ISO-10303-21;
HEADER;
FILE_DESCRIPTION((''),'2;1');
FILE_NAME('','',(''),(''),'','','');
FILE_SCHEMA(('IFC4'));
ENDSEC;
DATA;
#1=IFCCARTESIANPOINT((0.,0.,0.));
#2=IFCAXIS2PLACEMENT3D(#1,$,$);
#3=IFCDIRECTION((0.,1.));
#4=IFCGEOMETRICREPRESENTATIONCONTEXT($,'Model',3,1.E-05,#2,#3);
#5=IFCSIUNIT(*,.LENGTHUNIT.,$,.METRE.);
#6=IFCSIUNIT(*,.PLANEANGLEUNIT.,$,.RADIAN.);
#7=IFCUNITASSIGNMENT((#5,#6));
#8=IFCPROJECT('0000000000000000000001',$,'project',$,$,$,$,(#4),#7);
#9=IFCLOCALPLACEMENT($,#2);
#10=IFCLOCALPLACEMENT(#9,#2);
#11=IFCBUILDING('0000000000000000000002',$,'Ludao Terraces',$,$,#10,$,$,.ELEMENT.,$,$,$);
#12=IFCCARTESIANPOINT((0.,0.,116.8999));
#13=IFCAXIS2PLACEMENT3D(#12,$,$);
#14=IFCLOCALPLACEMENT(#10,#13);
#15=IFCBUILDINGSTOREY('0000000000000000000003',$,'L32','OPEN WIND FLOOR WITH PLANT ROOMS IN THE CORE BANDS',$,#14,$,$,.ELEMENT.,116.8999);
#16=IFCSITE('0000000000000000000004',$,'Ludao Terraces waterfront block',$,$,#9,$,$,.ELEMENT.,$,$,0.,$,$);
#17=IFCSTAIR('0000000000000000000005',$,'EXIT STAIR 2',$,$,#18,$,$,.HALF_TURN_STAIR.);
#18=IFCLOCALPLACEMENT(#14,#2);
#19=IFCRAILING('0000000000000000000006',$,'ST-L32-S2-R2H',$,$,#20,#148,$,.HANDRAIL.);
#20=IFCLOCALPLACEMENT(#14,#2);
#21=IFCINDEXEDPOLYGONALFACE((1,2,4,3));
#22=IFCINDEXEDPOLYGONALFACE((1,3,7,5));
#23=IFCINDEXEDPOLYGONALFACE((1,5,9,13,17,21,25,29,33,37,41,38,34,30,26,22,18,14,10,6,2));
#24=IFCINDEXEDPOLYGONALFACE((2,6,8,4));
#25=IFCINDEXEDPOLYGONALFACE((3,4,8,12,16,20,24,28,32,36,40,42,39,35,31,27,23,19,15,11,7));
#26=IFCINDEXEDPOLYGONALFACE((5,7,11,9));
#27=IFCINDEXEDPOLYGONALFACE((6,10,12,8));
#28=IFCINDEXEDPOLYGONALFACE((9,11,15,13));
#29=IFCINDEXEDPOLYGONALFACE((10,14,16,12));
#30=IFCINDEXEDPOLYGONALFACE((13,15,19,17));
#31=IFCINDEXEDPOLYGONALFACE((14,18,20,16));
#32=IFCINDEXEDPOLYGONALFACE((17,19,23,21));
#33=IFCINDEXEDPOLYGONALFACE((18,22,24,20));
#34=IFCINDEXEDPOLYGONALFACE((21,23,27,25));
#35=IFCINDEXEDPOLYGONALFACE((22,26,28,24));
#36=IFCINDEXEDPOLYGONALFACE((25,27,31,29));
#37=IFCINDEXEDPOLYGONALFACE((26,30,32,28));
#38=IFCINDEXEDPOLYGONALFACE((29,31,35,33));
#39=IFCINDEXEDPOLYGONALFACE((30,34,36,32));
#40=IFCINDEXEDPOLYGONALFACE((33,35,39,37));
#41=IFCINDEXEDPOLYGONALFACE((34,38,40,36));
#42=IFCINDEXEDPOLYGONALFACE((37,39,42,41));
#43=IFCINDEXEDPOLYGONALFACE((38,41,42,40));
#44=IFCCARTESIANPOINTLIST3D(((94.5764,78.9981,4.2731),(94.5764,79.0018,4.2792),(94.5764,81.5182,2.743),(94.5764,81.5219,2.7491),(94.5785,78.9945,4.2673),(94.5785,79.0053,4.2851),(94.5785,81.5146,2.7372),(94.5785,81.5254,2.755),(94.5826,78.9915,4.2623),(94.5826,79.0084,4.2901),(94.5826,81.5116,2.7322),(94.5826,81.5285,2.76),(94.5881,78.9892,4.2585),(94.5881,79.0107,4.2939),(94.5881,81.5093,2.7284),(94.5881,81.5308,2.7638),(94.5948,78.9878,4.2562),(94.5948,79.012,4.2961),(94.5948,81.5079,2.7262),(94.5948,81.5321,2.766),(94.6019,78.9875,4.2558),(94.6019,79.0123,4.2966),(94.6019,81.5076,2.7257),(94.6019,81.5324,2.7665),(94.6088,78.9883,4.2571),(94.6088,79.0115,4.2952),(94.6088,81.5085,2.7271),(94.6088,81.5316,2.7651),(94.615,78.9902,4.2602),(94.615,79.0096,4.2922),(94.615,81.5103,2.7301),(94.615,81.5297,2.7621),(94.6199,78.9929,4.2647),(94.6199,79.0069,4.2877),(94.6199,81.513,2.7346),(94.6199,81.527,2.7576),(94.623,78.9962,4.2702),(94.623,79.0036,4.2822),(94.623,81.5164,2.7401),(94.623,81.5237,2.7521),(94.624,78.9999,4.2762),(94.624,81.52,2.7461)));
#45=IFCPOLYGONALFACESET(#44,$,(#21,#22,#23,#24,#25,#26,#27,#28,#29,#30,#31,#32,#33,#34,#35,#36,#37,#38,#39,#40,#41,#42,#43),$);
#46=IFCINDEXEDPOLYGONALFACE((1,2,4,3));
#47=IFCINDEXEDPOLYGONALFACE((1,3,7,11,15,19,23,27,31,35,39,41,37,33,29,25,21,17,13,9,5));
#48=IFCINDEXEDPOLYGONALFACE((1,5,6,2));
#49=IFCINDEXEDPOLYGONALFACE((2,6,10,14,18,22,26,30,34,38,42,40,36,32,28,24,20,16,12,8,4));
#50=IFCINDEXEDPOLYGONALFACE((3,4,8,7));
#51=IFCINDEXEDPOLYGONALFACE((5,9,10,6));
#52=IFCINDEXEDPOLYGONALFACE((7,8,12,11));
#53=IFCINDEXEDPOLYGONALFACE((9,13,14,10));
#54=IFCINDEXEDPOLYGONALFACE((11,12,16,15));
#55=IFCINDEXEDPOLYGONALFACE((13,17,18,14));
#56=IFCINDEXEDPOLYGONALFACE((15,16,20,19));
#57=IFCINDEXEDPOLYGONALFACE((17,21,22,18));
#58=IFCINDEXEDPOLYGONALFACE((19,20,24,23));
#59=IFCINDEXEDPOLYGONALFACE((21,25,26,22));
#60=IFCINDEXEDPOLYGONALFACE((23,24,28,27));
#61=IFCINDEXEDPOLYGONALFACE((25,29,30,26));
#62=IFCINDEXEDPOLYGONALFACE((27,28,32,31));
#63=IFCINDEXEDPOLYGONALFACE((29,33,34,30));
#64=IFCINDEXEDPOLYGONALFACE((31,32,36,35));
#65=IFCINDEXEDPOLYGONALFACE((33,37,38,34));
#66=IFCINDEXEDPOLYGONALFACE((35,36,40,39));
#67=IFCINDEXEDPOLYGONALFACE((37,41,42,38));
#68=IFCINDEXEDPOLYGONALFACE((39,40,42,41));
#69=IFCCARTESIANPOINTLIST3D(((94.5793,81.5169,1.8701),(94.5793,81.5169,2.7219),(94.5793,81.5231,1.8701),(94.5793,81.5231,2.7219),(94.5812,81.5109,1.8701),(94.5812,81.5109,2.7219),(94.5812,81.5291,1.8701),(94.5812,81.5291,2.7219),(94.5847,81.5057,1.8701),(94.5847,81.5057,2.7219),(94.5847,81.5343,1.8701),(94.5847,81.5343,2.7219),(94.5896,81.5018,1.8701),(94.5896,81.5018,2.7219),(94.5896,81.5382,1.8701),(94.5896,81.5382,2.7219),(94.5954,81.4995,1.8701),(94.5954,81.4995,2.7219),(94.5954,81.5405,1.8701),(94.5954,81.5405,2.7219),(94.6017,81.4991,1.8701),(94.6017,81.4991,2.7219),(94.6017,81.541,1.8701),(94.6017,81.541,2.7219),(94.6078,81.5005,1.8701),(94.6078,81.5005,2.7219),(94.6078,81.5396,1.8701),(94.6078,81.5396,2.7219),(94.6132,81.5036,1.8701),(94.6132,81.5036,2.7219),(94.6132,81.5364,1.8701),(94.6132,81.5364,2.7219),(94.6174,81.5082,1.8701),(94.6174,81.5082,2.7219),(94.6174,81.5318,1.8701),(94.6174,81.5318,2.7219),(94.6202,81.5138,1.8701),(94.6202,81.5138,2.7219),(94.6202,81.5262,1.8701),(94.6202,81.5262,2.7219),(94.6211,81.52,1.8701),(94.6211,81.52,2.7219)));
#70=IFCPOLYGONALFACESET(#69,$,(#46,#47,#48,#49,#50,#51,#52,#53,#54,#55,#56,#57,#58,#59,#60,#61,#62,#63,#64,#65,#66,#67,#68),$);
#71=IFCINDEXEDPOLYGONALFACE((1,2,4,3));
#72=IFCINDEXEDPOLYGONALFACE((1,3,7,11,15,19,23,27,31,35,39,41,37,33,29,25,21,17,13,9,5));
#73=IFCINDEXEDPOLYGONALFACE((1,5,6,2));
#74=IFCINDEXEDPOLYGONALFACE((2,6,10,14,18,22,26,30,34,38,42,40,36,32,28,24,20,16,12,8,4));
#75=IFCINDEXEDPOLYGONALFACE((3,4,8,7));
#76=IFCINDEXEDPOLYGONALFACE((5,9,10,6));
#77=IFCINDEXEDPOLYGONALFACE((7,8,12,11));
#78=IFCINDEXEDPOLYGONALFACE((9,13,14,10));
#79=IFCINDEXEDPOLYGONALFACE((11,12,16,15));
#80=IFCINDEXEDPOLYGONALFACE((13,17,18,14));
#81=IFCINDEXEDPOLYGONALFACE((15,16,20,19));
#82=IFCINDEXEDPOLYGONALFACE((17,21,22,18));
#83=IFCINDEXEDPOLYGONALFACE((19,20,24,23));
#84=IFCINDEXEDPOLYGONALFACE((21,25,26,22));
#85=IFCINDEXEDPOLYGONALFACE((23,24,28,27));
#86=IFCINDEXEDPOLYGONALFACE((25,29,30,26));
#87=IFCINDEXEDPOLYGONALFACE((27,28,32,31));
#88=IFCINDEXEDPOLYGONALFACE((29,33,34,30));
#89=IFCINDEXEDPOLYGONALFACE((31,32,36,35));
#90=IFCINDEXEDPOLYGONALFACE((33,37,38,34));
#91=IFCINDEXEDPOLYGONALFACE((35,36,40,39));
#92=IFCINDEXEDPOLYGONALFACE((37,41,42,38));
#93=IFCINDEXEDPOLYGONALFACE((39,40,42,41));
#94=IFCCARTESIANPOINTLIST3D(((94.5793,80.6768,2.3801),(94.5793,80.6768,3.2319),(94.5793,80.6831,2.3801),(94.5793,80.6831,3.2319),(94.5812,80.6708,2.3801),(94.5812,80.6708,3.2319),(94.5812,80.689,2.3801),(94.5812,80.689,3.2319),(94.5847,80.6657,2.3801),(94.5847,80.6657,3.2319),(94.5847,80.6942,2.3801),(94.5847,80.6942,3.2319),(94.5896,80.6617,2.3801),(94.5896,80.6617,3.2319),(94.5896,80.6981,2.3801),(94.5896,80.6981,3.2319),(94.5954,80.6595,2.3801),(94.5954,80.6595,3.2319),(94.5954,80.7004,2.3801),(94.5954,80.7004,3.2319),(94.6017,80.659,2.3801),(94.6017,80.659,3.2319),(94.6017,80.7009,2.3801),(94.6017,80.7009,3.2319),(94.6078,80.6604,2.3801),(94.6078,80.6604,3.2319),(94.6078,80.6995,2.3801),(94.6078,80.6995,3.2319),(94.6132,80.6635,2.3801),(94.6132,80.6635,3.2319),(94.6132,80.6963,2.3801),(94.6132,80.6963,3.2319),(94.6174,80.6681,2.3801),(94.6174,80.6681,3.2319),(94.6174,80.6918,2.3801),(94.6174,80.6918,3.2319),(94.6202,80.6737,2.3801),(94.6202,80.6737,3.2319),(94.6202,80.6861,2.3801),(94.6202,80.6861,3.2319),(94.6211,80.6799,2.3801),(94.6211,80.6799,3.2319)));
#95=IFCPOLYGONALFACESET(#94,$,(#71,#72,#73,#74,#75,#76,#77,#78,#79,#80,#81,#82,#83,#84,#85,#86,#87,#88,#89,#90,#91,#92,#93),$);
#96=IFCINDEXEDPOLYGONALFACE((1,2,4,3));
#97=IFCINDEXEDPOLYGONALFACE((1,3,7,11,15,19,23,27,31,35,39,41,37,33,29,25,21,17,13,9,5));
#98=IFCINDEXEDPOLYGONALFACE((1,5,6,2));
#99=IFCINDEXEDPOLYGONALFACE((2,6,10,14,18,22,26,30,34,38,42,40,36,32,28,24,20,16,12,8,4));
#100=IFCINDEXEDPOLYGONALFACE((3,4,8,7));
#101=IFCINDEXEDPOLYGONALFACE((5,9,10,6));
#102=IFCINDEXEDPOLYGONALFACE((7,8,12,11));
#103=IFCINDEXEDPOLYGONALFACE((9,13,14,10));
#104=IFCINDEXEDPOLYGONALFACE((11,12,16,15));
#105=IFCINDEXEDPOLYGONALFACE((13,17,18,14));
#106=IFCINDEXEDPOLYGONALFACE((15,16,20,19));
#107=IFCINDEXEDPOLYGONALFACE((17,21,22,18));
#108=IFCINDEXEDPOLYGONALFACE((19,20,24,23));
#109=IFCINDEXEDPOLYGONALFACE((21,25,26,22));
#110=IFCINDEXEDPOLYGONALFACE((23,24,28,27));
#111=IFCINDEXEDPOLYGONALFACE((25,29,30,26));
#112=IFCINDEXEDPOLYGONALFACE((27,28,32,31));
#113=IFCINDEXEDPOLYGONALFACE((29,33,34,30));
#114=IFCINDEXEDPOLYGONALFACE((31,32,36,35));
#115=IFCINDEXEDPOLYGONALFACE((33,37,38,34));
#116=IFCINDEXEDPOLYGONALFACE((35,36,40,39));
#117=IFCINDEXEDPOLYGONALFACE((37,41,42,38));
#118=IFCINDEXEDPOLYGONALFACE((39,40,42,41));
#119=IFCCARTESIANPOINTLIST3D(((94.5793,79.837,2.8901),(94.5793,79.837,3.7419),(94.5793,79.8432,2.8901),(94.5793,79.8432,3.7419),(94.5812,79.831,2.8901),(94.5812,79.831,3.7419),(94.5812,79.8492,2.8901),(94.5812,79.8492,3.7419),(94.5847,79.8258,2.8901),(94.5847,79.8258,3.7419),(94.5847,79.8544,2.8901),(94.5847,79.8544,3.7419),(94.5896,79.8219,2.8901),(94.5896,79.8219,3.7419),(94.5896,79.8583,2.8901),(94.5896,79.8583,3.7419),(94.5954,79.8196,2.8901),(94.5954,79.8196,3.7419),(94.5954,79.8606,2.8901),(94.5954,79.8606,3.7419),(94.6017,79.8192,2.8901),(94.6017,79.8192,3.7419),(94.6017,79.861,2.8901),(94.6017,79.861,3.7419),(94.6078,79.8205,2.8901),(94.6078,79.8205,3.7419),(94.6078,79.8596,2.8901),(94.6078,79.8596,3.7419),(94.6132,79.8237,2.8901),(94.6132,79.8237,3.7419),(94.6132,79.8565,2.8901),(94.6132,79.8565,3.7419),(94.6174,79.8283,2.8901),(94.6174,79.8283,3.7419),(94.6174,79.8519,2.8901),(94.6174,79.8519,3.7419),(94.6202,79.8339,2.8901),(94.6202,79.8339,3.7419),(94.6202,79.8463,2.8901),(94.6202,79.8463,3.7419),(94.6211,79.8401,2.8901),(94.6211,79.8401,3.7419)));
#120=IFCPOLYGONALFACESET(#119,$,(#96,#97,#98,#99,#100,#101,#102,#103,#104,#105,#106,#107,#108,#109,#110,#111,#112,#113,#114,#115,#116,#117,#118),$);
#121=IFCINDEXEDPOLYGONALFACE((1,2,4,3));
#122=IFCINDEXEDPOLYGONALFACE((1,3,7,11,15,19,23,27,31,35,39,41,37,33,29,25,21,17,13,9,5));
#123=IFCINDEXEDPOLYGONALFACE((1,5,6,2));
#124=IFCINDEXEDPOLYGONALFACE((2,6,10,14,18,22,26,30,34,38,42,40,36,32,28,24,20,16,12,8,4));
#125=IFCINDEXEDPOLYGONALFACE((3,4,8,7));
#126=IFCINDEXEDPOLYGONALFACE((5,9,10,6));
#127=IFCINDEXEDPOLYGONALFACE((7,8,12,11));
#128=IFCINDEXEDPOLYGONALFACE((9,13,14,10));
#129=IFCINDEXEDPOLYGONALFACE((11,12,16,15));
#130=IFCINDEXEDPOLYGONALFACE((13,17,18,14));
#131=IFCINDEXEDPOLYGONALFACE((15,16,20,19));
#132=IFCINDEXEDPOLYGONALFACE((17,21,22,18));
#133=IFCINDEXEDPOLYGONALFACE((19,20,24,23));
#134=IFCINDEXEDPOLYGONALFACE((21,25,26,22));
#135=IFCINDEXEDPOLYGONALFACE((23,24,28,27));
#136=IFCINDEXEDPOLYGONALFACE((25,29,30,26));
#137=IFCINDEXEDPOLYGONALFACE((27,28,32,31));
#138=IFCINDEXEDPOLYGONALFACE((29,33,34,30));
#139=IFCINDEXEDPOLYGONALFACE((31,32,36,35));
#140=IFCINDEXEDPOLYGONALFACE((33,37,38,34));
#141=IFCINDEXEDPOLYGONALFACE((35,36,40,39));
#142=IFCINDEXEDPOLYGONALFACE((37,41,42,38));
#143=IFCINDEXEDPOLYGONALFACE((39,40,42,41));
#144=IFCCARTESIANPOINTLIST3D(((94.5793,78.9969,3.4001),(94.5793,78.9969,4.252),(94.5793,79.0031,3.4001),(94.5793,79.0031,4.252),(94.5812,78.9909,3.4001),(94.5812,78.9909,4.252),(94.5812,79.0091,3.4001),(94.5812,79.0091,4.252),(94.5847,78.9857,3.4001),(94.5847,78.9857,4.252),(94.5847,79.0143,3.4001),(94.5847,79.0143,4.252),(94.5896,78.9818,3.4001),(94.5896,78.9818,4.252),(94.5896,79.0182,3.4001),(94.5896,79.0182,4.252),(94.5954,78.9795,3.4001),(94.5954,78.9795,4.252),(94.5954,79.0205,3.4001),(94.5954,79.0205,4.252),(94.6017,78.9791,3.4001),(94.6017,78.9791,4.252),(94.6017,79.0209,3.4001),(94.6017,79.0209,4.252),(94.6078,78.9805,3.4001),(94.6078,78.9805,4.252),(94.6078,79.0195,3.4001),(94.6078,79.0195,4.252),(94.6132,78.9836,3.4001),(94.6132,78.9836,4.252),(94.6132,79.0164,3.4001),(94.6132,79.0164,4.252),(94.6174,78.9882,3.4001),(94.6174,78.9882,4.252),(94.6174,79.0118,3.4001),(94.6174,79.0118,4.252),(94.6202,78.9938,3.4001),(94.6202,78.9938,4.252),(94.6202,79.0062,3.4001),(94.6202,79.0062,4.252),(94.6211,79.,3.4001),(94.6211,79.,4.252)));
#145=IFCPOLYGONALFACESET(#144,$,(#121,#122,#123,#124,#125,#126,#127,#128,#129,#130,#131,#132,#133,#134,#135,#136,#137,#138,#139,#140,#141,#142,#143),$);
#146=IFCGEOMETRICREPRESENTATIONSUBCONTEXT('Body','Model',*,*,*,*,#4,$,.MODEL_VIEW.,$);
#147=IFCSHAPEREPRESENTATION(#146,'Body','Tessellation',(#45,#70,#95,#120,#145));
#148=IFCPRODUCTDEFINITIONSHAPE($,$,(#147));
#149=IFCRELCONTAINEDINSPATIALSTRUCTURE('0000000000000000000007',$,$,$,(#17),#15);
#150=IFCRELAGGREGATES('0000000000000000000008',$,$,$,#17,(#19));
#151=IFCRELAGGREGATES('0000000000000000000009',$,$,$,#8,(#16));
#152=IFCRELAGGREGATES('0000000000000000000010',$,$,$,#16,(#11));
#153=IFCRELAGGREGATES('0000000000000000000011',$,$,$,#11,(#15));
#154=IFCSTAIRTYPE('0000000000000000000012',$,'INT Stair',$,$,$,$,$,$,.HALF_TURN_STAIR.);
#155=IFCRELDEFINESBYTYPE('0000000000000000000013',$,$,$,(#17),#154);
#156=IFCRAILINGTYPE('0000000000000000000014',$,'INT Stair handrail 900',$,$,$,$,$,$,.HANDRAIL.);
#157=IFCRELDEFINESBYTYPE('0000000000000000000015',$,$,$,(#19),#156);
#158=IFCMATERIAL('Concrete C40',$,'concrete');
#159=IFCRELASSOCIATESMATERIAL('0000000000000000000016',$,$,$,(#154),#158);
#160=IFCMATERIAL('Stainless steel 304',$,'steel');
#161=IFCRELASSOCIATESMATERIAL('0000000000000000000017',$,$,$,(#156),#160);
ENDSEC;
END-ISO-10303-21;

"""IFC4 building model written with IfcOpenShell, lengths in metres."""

from ifc_helpers import new_model, si_unit, direction, frame, origin, origin_2d, place, context, subcontext, project, spatial, circle, extrude, material, type_object, element, aggregate, save


model = new_model("IFC4")

# Units and contexts
model_context = context("Model", 3, precision=1e-05, world=origin(), true_north=direction((0.0, 1.0)))
body_context = subcontext(model_context, "Body", "Model", "MODEL_VIEW")
ifc_project = project(units=[si_unit("LENGTHUNIT", "METRE"), si_unit("PLANEANGLEUNIT", "RADIAN")], contexts=[model_context])

# Site, building, storey
site_placement = place(None, origin())
site = spatial("IfcSite", under=ifc_project, at=site_placement, Name="Ludao Terraces waterfront block", CompositionType="ELEMENT", RefElevation=0.0)
building_placement = place(site_placement, origin())
building = spatial("IfcBuilding", under=site, at=building_placement, Name="Ludao Terraces", CompositionType="ELEMENT")
storey_placement = place(building_placement, frame((0.0, 0.0, 116.8999)))
storey = spatial("IfcBuildingStorey", under=building, at=storey_placement, Name="L32", Description="OPEN WIND FLOOR WITH PLANT ROOMS IN THE CORE BANDS", CompositionType="ELEMENT", Elevation=116.8999)

# Stair, railing
ifc_material_1 = material(Name="Concrete C40", Category="concrete")
stair_type = type_object("IfcStairType", Name="INT Stair", PredefinedType="HALF_TURN_STAIR", material=ifc_material_1)
stair_placement = place(storey_placement, origin())
stair = element("IfcStair", 1, at=stair_placement, inside=storey, type_object=stair_type, Name="EXIT STAIR 2", PredefinedType="HALF_TURN_STAIR")
ifc_material_2 = material(Name="Stainless steel 304", Category="steel")
railing_type_1 = type_object("IfcRailingType", Name="INT Stair handrail 900", PredefinedType="HANDRAIL", material=ifc_material_2)
railing_1_placement = place(storey_placement, frame((94.6001, 81.52, 1.8701)))
railing_1 = element("IfcRailing", 2, at=railing_1_placement, type_object=railing_type_1, Name="ST-L32-S2-R2H", PredefinedType="HANDRAIL", context=body_context, shape_type="SweptSolid", body=[
    extrude(circle(Radius=0.0239, at=origin_2d()), frame((0.0, 0.0, 0.876), z_axis=(0.0, -0.854785, 0.518982), x_axis=(1.0, 0.0, 0.0)), (0.0, 0.0, 1.0), 2.9482),
    extrude(circle(Radius=0.021, at=origin_2d()), origin(), (0.0, 0.0, 1.0), 0.8518),
    extrude(circle(Radius=0.021, at=origin_2d()), frame((0.0, -0.8401, 0.51)), (0.0, 0.0, 1.0), 0.8518),
    extrude(circle(Radius=0.021, at=origin_2d()), frame((0.0, -1.6799, 1.02)), (0.0, 0.0, 1.0), 0.8518),
    extrude(circle(Radius=0.021, at=origin_2d()), frame((0.0, -2.52, 1.53)), (0.0, 0.0, 1.0), 0.8518),
])
aggregate(stair, [railing_1])

save(model, "model.ifc")
